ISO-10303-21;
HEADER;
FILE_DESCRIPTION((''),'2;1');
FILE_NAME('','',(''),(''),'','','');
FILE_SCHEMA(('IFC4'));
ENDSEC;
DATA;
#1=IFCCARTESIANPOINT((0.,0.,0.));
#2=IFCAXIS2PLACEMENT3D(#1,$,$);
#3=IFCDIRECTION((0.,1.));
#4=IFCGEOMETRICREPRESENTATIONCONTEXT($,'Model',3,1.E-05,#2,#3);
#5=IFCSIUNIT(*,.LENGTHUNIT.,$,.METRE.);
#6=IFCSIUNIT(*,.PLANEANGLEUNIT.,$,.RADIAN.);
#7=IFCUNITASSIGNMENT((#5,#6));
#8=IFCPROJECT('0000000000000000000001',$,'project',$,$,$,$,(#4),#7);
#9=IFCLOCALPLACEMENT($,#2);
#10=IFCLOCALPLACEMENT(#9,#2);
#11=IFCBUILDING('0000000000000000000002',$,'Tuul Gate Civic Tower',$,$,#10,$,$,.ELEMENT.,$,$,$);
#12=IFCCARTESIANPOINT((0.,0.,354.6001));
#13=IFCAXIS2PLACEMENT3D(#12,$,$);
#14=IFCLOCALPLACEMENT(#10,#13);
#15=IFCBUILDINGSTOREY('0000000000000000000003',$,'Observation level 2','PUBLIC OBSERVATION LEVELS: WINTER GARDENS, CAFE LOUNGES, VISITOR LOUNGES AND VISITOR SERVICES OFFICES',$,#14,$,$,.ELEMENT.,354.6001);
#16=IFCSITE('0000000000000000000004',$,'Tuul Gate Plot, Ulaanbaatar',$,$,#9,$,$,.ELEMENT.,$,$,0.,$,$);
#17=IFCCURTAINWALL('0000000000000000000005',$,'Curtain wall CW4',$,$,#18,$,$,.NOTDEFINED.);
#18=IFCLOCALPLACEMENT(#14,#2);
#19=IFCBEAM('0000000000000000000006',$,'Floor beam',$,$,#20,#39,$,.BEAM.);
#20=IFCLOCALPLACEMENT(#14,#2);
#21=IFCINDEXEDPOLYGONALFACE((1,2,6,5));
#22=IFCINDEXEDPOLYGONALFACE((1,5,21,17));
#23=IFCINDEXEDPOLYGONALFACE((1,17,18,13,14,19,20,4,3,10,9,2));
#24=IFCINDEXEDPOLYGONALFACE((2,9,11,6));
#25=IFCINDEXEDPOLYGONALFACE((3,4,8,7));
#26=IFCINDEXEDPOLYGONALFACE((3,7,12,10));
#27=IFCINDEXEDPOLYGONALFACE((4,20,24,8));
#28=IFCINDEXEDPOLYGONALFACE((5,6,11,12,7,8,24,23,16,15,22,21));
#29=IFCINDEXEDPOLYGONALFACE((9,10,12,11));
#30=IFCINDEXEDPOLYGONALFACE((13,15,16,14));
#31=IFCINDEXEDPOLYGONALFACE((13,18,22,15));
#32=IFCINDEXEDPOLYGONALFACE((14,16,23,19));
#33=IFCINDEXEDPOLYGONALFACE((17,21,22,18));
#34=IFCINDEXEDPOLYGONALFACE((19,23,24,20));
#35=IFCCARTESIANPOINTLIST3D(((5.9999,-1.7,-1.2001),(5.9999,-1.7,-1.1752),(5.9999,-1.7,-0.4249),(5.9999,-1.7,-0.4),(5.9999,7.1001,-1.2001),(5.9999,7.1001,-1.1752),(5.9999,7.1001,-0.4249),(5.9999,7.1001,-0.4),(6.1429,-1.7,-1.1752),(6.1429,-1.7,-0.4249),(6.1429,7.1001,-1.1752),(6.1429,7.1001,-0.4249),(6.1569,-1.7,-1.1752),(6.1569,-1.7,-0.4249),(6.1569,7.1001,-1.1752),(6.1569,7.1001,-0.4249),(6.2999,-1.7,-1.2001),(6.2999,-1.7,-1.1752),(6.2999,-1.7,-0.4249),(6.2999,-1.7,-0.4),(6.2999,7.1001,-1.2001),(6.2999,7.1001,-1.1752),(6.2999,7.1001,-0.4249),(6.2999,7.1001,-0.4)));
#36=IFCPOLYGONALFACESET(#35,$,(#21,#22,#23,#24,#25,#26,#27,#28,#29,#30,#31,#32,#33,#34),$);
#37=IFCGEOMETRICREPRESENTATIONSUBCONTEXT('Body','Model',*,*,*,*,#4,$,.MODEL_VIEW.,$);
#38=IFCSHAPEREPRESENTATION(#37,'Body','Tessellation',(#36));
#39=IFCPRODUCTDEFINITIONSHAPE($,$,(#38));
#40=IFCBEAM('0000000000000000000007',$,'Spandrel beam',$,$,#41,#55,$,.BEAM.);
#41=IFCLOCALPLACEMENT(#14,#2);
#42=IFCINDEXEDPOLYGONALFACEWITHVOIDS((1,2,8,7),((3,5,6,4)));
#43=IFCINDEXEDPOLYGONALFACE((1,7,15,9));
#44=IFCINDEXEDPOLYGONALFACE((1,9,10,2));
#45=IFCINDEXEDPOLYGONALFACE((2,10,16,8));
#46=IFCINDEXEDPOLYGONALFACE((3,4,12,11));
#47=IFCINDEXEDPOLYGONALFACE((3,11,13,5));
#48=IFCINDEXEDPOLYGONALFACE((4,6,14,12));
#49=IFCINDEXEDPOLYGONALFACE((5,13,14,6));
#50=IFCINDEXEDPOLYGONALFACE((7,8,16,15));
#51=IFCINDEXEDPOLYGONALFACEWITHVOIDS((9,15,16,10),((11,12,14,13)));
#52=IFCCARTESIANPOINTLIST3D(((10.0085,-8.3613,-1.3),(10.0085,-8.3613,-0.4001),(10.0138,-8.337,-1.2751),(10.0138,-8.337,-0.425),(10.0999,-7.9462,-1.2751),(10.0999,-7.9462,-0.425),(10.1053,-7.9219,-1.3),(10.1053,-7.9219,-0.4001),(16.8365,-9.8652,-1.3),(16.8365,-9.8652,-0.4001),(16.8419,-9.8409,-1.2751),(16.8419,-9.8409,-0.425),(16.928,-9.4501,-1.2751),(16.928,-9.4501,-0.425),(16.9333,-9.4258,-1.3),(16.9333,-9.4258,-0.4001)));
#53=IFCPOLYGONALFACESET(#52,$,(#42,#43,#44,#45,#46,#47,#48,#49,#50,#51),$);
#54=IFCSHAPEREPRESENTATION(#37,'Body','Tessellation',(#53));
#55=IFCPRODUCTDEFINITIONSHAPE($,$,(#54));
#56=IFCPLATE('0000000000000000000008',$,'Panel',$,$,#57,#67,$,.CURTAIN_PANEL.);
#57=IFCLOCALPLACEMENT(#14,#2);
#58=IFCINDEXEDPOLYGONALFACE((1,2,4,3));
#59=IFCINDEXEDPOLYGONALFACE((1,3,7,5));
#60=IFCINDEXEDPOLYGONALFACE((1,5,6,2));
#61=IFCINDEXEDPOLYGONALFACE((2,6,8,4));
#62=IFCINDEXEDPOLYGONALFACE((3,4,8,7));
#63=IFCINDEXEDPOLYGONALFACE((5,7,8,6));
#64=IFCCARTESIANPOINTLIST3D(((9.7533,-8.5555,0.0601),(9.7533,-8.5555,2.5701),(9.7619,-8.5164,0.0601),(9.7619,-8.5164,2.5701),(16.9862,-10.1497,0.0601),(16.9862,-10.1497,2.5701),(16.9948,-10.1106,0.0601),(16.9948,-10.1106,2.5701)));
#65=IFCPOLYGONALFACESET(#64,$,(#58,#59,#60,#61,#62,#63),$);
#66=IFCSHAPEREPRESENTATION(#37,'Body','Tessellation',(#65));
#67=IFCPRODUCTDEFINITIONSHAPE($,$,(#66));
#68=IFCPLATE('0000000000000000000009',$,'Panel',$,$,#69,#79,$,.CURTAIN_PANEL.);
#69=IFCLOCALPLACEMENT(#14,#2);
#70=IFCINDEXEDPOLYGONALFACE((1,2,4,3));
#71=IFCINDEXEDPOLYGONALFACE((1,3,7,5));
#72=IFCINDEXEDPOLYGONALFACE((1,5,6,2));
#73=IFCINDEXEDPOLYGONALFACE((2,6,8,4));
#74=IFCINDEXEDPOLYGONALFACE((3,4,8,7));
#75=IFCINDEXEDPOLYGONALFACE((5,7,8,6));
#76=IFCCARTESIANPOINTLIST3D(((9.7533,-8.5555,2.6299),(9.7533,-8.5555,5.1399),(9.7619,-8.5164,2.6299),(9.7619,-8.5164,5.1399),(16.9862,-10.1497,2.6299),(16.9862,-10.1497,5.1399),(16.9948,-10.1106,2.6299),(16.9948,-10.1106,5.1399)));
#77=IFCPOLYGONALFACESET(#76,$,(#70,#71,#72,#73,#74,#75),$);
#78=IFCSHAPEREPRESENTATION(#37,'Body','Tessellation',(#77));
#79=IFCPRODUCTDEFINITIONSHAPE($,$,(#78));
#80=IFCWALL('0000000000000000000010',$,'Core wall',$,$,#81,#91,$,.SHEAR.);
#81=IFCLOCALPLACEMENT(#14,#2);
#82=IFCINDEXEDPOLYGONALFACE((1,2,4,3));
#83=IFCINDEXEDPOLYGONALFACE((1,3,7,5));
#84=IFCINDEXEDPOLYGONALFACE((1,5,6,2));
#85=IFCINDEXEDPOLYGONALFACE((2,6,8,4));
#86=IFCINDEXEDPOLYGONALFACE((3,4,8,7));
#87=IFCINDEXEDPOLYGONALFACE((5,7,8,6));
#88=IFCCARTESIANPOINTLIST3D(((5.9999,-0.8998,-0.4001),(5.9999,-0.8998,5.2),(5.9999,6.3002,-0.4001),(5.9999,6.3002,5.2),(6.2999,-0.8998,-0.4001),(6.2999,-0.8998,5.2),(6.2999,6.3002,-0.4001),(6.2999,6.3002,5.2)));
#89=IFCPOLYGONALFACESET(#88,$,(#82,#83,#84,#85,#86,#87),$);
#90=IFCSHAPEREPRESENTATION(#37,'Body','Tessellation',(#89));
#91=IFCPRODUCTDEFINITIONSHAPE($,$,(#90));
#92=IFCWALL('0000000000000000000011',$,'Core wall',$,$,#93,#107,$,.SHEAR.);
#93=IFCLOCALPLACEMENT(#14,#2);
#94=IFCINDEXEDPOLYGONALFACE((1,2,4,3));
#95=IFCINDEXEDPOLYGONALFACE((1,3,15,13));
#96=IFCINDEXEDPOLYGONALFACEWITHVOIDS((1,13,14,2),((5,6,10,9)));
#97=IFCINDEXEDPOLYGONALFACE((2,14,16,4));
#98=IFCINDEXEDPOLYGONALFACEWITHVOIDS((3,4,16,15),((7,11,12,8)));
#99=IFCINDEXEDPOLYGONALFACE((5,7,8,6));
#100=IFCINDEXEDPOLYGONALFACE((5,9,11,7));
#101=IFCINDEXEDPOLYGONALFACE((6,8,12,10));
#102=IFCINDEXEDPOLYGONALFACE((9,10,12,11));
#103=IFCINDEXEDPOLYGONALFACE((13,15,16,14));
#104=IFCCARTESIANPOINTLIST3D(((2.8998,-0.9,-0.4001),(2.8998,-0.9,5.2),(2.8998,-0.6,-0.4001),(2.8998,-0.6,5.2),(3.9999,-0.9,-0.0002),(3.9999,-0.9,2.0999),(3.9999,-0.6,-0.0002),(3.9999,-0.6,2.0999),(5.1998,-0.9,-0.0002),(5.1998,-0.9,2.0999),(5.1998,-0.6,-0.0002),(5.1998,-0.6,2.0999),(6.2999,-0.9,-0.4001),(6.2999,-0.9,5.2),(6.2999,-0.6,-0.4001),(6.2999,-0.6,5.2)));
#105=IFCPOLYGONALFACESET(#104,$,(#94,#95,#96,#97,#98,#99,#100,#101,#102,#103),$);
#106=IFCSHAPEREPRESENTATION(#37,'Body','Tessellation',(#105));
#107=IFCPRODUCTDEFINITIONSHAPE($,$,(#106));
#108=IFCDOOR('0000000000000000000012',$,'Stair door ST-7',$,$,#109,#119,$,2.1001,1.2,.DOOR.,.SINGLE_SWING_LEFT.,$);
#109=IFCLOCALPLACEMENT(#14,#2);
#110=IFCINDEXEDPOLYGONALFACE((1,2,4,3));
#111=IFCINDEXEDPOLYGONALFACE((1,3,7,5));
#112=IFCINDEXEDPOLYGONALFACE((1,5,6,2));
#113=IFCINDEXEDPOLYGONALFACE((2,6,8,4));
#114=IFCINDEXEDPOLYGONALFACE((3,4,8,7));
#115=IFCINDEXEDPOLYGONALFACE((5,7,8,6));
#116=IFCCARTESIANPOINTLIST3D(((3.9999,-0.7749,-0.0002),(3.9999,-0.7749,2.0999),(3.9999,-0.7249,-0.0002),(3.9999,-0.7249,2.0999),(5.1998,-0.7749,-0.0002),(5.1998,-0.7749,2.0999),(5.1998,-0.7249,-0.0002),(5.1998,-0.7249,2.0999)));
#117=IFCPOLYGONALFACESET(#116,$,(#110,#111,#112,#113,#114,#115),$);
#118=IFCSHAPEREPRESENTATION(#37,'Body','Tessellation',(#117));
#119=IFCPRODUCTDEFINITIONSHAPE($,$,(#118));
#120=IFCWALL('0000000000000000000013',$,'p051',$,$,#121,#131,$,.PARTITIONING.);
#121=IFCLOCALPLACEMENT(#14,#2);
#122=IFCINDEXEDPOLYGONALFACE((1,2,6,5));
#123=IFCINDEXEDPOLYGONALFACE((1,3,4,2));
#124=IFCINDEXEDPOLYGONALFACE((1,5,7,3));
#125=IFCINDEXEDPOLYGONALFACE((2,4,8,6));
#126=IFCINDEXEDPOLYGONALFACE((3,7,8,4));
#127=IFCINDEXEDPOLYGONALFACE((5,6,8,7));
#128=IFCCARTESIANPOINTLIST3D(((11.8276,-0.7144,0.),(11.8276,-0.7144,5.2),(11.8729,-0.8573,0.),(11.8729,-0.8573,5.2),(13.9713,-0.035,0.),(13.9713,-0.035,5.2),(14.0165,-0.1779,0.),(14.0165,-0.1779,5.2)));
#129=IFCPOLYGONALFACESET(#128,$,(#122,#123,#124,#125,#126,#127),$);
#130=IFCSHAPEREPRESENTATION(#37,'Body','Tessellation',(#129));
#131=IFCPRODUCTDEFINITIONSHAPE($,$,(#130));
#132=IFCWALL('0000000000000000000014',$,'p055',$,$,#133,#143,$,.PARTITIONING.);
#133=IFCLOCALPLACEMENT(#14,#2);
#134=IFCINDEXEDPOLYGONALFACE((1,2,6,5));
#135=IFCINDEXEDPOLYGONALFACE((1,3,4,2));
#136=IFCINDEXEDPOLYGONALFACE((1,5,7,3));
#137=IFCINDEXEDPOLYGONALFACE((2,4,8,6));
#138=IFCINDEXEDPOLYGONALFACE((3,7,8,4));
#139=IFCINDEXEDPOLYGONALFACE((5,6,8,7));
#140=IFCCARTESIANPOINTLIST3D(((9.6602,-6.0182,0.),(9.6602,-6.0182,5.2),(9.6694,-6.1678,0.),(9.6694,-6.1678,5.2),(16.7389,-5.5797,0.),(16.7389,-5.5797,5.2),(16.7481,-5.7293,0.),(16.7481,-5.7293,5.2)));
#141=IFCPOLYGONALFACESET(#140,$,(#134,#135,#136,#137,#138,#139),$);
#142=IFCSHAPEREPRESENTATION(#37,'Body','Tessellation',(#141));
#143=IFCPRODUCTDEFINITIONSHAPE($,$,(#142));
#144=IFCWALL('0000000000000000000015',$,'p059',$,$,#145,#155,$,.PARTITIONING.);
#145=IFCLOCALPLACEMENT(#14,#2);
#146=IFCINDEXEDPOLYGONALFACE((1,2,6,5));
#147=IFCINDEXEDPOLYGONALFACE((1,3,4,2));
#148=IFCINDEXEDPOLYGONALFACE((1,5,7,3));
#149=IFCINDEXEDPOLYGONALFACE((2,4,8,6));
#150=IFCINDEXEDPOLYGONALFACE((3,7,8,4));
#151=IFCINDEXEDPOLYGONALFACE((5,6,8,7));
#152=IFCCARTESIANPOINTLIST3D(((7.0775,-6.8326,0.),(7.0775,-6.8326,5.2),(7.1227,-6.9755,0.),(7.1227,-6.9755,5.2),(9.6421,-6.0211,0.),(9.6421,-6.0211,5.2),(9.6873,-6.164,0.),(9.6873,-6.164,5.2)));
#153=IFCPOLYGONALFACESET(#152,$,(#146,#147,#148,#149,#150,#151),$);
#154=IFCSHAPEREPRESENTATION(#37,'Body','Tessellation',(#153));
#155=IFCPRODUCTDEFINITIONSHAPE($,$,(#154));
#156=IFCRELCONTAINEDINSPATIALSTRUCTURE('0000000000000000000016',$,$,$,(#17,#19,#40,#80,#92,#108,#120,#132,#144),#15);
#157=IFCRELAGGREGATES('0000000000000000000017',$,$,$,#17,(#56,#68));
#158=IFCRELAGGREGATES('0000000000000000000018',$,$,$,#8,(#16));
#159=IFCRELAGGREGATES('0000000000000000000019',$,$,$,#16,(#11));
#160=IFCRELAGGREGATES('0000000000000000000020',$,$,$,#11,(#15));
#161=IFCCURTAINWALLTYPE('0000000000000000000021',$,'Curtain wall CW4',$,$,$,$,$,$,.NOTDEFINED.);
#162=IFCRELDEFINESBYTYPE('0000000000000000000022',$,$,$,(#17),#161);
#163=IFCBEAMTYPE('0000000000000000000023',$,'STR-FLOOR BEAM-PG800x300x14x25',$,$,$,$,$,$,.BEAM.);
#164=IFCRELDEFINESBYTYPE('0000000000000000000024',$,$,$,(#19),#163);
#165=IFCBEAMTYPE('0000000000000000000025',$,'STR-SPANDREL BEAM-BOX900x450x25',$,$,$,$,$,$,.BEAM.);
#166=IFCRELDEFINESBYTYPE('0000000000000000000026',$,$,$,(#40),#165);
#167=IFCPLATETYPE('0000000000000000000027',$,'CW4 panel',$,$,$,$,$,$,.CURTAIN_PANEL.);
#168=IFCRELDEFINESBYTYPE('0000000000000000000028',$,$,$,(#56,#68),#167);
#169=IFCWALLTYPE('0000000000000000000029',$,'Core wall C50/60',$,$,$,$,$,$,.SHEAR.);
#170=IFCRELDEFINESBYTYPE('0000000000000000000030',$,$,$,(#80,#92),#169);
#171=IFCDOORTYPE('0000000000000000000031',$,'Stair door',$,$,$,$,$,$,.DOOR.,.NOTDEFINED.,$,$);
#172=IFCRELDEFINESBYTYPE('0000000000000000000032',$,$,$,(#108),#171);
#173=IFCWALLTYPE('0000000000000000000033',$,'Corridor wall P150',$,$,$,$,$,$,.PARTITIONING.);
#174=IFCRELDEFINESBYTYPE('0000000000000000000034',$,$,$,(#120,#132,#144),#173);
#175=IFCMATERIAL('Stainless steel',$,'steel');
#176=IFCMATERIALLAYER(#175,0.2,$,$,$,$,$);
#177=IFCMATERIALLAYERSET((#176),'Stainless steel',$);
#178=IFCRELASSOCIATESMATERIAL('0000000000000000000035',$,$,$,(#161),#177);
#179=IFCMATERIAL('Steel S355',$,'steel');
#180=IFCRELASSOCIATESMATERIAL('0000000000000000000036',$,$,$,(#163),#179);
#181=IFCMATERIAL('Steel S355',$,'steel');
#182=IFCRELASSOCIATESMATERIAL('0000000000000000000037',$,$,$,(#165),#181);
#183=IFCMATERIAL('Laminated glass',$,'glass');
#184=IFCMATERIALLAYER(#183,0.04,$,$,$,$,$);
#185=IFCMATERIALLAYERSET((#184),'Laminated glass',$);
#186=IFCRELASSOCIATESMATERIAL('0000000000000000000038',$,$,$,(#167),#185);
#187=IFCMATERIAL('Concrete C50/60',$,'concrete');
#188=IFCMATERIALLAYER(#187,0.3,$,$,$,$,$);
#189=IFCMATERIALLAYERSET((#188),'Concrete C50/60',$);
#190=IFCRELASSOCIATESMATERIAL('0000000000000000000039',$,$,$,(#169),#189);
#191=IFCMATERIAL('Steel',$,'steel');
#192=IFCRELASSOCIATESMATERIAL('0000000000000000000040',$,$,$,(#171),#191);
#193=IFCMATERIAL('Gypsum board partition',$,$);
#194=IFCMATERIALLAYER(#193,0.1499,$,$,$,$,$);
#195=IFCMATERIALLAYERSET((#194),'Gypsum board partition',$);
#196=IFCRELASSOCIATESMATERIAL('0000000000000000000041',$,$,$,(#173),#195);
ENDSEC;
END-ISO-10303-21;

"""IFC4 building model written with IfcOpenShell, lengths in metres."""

from ifc_helpers import new_model, si_unit, direction, frame, frame_2d, origin, origin_2d, place, context, subcontext, project, spatial, rectangle, hollow_rectangle, i_section, extrude, material, layer, layer_set, material_profile, profile_set, type_object, element, fill, aggregate, save


model = new_model("IFC4")

# Units and contexts
model_context = context("Model", 3, precision=1e-05, world=origin(), true_north=direction((0.0, 1.0)))
body_context = subcontext(model_context, "Body", "Model", "MODEL_VIEW")
ifc_project = project(units=[si_unit("LENGTHUNIT", "METRE"), si_unit("PLANEANGLEUNIT", "RADIAN")], contexts=[model_context])

# Site, building, storey
site_placement = place(None, origin())
site = spatial("IfcSite", under=ifc_project, at=site_placement, Name="Tuul Gate Plot, Ulaanbaatar", CompositionType="ELEMENT", RefElevation=0.0)
building_placement = place(site_placement, origin())
building = spatial("IfcBuilding", under=site, at=building_placement, Name="Tuul Gate Civic Tower", CompositionType="ELEMENT")
storey_placement = place(building_placement, frame((0.0, 0.0, 354.6001)))
storey = spatial("IfcBuildingStorey", under=building, at=storey_placement, Name="Observation level 2", Description="PUBLIC OBSERVATION LEVELS: WINTER GARDENS, CAFE LOUNGES, VISITOR LOUNGES AND VISITOR SERVICES OFFICES", CompositionType="ELEMENT", Elevation=354.6001)

# Shared definitions
ifc_material_1 = material(Name="Stainless steel", Category="steel")
ifc_layer_1 = layer(ifc_material_1, 0.2)
ifc_layer_set_1 = layer_set([ifc_layer_1], Name="Stainless steel")
curtain_wall_type = type_object("IfcCurtainWallType", Name="Curtain wall CW4", PredefinedType="NOTDEFINED", material=ifc_layer_set_1)

# Curtain wall
curtain_wall_1_placement = place(storey_placement, origin())
curtain_wall_1 = element("IfcCurtainWall", 1, at=curtain_wall_1_placement, inside=storey, type_object=curtain_wall_type, Name="Curtain wall CW4", PredefinedType="NOTDEFINED")

# Beams
ifc_material_2 = material(Name="Steel S355", Category="steel")
ifc_material_profile_1 = material_profile(ifc_material_2, i_section(OverallWidth=0.3, OverallDepth=0.8, WebThickness=0.0139, FlangeThickness=0.0249, at=origin_2d()), Name="PG800x300x14x25")
ifc_profile_set_1 = profile_set([ifc_material_profile_1], Name="Steel S355")
beam_type_1 = type_object("IfcBeamType", Name="STR-FLOOR BEAM-PG800x300x14x25", PredefinedType="BEAM", material=ifc_profile_set_1)
beam_1_placement = place(storey_placement, frame((6.1499, -1.7, -0.8), z_axis=(0.0, 1.0, 0.0), x_axis=(-1.0, 0.0, 0.0)))
element("IfcBeam", 2, at=beam_1_placement, inside=storey, type_object=beam_type_1, Name="Floor beam", PredefinedType="BEAM", context=body_context, shape_type="SweptSolid", body=[
    extrude(i_section(OverallWidth=0.3, OverallDepth=0.8, WebThickness=0.0139, FlangeThickness=0.0249, at=origin_2d()), origin(), (0.0, 0.0, 1.0), 8.8),
])
ifc_material_3 = material(Name="Steel S355", Category="steel")
ifc_material_profile_2 = material_profile(ifc_material_3, hollow_rectangle(XDim=0.45, YDim=0.8999, WallThickness=0.0249, at=origin_2d()), Name="BOX900x450x25")
ifc_profile_set_2 = profile_set([ifc_material_profile_2], Name="Steel S355")
beam_type_2 = type_object("IfcBeamType", Name="STR-SPANDREL BEAM-BOX900x450x25", PredefinedType="BEAM", material=ifc_profile_set_2)
beam_2_placement = place(storey_placement, frame((10.0569, -8.1416, -0.8501), z_axis=(0.976593, -0.215096, 0.0), x_axis=(0.215096, 0.976593, 0.0)))
element("IfcBeam", 3, at=beam_2_placement, inside=storey, type_object=beam_type_2, Name="Spandrel beam", PredefinedType="BEAM", context=body_context, shape_type="SweptSolid", body=[
    extrude(hollow_rectangle(XDim=0.45, YDim=0.8999, WallThickness=0.0249, at=origin_2d()), origin(), (0.0, 0.0, 1.0), 6.9917),
])

# Plates
ifc_material_4 = material(Name="Laminated glass", Category="glass")
ifc_layer_2 = layer(ifc_material_4, 0.04)
ifc_layer_set_2 = layer_set([ifc_layer_2], Name="Laminated glass")
plate_type = type_object("IfcPlateType", Name="CW4 panel", PredefinedType="CURTAIN_PANEL", material=ifc_layer_set_2)
plate_1_placement = place(storey_placement, frame((13.374, -9.333, 0.0601), z_axis=(0.0, 0.0, 1.0), x_axis=(0.976561, -0.215242, 0.0)))
plate_1 = element("IfcPlate", 4, at=plate_1_placement, type_object=plate_type, Name="Panel", PredefinedType="CURTAIN_PANEL", context=body_context, shape_type="SweptSolid", body=[
    extrude(rectangle(XDim=7.4065, YDim=0.04, at=origin_2d()), origin(), (0.0, 0.0, 1.0), 2.51),
])
plate_2_placement = place(storey_placement, frame((13.374, -9.333, 2.6299), z_axis=(0.0, 0.0, 1.0), x_axis=(0.976561, -0.215242, 0.0)))
plate_2 = element("IfcPlate", 5, at=plate_2_placement, type_object=plate_type, Name="Panel", PredefinedType="CURTAIN_PANEL", context=body_context, shape_type="SweptSolid", body=[
    extrude(rectangle(XDim=7.4065, YDim=0.04, at=origin_2d()), origin(), (0.0, 0.0, 1.0), 2.51),
])
aggregate(curtain_wall_1, [plate_1, plate_2])

# Wall
ifc_material_5 = material(Name="Concrete C50/60", Category="concrete")
ifc_layer_3 = layer(ifc_material_5, 0.3)
ifc_layer_set_3 = layer_set([ifc_layer_3], Name="Concrete C50/60")
wall_type_1 = type_object("IfcWallType", Name="Core wall C50/60", PredefinedType="SHEAR", material=ifc_layer_set_3)
wall_1_placement = place(storey_placement, frame((6.1499, -0.8999, -0.4001), z_axis=(0.0, 0.0, 1.0), x_axis=(0.0, 1.0, 0.0)))
element("IfcWall", 6, at=wall_1_placement, inside=storey, type_object=wall_type_1, Name="Core wall", PredefinedType="SHEAR", context=body_context, shape_type="SweptSolid", body=[
    extrude(rectangle(XDim=7.2, YDim=0.3, at=frame_2d((3.6001, 0.0))), origin(), (0.0, 0.0, 1.0), 5.6001),
])

# Wall, opening, door
wall_2_placement = place(storey_placement, frame((6.3, -0.75, -0.4001), z_axis=(0.0, 0.0, 1.0), x_axis=(-1.0, 0.0, 0.0)))
wall_2 = element("IfcWall", 7, at=wall_2_placement, inside=storey, type_object=wall_type_1, Name="Core wall", PredefinedType="SHEAR", context=body_context, shape_type="SweptSolid", body=[
    extrude(rectangle(XDim=3.4001, YDim=0.3, at=frame_2d((1.7002, 0.0))), origin(), (0.0, 0.0, 1.0), 5.6001),
])
opening_1_placement = place(wall_2_placement, frame((1.1001, 0.0, 0.3999)))
opening_1 = element("IfcOpeningElement", 8, at=opening_1_placement, cuts=wall_2, PredefinedType="OPENING", context=body_context, shape_type="SweptSolid", body=[
    extrude(rectangle(XDim=1.2, YDim=2.1001, at=frame_2d((0.6001, 1.05))), frame((0.0, 0.1602, 0.0), z_axis=(0.0, -1.0, 0.0), x_axis=(1.0, 0.0, 0.0)), (0.0, 0.0, 1.0), 0.3201),
])
ifc_material_6 = material(Name="Steel", Category="steel")
door_type_1 = type_object("IfcDoorType", Name="Stair door", OperationType="NOTDEFINED", PredefinedType="DOOR", material=ifc_material_6)
door_1_placement = place(opening_1_placement, origin())
door_1 = element("IfcDoor", 9, at=door_1_placement, inside=storey, type_object=door_type_1, Name="Stair door ST-7", OperationType="SINGLE_SWING_LEFT", OverallHeight=2.1001, OverallWidth=1.2, PredefinedType="DOOR", context=body_context, shape_type="SweptSolid", body=[
    extrude(rectangle(XDim=1.2, YDim=2.1001, at=frame_2d((0.6001, 1.05))), frame((0.0, 0.0249, 0.0), z_axis=(0.0, -1.0, 0.0), x_axis=(1.0, 0.0, 0.0)), (0.0, 0.0, 1.0), 0.05),
])
fill(opening_1, door_1)

# Walls
ifc_material_7 = material(Name="Gypsum board partition")
ifc_layer_4 = layer(ifc_material_7, 0.1499)
ifc_layer_set_4 = layer_set([ifc_layer_4], Name="Gypsum board partition")
wall_type_2 = type_object("IfcWallType", Name="Corridor wall P150", PredefinedType="PARTITIONING", material=ifc_layer_set_4)
wall_3_placement = place(storey_placement, frame((11.8501, -0.7859, 0.0), z_axis=(0.0, 0.0, 1.0), x_axis=(0.953269, 0.302124, 0.0)))
element("IfcWall", 10, at=wall_3_placement, inside=storey, type_object=wall_type_2, Name="p051", PredefinedType="PARTITIONING", context=body_context, shape_type="SweptSolid", body=[
    extrude(rectangle(XDim=2.2488, YDim=0.1499, at=frame_2d((1.1245, 0.0))), origin(), (0.0, 0.0, 1.0), 5.2),
])
wall_4_placement = place(storey_placement, frame((9.6648, -6.093, 0.0), z_axis=(0.0, 0.0, 1.0), x_axis=(0.998087, 0.061825, 0.0)))
element("IfcWall", 11, at=wall_4_placement, inside=storey, type_object=wall_type_2, Name="p055", PredefinedType="PARTITIONING", context=body_context, shape_type="SweptSolid", body=[
    extrude(rectangle(XDim=7.0923, YDim=0.1499, at=frame_2d((3.5461, 0.0))), origin(), (0.0, 0.0, 1.0), 5.2),
])
wall_5_placement = place(storey_placement, frame((7.1001, -6.9041, 0.0), z_axis=(0.0, 0.0, 1.0), x_axis=(0.95341, 0.301679, 0.0)))
element("IfcWall", 12, at=wall_5_placement, inside=storey, type_object=wall_type_2, Name="p059", PredefinedType="PARTITIONING", context=body_context, shape_type="SweptSolid", body=[
    extrude(rectangle(XDim=2.6899, YDim=0.1499, at=frame_2d((1.345, 0.0))), origin(), (0.0, 0.0, 1.0), 5.2),
])

save(model, "model.ifc")
